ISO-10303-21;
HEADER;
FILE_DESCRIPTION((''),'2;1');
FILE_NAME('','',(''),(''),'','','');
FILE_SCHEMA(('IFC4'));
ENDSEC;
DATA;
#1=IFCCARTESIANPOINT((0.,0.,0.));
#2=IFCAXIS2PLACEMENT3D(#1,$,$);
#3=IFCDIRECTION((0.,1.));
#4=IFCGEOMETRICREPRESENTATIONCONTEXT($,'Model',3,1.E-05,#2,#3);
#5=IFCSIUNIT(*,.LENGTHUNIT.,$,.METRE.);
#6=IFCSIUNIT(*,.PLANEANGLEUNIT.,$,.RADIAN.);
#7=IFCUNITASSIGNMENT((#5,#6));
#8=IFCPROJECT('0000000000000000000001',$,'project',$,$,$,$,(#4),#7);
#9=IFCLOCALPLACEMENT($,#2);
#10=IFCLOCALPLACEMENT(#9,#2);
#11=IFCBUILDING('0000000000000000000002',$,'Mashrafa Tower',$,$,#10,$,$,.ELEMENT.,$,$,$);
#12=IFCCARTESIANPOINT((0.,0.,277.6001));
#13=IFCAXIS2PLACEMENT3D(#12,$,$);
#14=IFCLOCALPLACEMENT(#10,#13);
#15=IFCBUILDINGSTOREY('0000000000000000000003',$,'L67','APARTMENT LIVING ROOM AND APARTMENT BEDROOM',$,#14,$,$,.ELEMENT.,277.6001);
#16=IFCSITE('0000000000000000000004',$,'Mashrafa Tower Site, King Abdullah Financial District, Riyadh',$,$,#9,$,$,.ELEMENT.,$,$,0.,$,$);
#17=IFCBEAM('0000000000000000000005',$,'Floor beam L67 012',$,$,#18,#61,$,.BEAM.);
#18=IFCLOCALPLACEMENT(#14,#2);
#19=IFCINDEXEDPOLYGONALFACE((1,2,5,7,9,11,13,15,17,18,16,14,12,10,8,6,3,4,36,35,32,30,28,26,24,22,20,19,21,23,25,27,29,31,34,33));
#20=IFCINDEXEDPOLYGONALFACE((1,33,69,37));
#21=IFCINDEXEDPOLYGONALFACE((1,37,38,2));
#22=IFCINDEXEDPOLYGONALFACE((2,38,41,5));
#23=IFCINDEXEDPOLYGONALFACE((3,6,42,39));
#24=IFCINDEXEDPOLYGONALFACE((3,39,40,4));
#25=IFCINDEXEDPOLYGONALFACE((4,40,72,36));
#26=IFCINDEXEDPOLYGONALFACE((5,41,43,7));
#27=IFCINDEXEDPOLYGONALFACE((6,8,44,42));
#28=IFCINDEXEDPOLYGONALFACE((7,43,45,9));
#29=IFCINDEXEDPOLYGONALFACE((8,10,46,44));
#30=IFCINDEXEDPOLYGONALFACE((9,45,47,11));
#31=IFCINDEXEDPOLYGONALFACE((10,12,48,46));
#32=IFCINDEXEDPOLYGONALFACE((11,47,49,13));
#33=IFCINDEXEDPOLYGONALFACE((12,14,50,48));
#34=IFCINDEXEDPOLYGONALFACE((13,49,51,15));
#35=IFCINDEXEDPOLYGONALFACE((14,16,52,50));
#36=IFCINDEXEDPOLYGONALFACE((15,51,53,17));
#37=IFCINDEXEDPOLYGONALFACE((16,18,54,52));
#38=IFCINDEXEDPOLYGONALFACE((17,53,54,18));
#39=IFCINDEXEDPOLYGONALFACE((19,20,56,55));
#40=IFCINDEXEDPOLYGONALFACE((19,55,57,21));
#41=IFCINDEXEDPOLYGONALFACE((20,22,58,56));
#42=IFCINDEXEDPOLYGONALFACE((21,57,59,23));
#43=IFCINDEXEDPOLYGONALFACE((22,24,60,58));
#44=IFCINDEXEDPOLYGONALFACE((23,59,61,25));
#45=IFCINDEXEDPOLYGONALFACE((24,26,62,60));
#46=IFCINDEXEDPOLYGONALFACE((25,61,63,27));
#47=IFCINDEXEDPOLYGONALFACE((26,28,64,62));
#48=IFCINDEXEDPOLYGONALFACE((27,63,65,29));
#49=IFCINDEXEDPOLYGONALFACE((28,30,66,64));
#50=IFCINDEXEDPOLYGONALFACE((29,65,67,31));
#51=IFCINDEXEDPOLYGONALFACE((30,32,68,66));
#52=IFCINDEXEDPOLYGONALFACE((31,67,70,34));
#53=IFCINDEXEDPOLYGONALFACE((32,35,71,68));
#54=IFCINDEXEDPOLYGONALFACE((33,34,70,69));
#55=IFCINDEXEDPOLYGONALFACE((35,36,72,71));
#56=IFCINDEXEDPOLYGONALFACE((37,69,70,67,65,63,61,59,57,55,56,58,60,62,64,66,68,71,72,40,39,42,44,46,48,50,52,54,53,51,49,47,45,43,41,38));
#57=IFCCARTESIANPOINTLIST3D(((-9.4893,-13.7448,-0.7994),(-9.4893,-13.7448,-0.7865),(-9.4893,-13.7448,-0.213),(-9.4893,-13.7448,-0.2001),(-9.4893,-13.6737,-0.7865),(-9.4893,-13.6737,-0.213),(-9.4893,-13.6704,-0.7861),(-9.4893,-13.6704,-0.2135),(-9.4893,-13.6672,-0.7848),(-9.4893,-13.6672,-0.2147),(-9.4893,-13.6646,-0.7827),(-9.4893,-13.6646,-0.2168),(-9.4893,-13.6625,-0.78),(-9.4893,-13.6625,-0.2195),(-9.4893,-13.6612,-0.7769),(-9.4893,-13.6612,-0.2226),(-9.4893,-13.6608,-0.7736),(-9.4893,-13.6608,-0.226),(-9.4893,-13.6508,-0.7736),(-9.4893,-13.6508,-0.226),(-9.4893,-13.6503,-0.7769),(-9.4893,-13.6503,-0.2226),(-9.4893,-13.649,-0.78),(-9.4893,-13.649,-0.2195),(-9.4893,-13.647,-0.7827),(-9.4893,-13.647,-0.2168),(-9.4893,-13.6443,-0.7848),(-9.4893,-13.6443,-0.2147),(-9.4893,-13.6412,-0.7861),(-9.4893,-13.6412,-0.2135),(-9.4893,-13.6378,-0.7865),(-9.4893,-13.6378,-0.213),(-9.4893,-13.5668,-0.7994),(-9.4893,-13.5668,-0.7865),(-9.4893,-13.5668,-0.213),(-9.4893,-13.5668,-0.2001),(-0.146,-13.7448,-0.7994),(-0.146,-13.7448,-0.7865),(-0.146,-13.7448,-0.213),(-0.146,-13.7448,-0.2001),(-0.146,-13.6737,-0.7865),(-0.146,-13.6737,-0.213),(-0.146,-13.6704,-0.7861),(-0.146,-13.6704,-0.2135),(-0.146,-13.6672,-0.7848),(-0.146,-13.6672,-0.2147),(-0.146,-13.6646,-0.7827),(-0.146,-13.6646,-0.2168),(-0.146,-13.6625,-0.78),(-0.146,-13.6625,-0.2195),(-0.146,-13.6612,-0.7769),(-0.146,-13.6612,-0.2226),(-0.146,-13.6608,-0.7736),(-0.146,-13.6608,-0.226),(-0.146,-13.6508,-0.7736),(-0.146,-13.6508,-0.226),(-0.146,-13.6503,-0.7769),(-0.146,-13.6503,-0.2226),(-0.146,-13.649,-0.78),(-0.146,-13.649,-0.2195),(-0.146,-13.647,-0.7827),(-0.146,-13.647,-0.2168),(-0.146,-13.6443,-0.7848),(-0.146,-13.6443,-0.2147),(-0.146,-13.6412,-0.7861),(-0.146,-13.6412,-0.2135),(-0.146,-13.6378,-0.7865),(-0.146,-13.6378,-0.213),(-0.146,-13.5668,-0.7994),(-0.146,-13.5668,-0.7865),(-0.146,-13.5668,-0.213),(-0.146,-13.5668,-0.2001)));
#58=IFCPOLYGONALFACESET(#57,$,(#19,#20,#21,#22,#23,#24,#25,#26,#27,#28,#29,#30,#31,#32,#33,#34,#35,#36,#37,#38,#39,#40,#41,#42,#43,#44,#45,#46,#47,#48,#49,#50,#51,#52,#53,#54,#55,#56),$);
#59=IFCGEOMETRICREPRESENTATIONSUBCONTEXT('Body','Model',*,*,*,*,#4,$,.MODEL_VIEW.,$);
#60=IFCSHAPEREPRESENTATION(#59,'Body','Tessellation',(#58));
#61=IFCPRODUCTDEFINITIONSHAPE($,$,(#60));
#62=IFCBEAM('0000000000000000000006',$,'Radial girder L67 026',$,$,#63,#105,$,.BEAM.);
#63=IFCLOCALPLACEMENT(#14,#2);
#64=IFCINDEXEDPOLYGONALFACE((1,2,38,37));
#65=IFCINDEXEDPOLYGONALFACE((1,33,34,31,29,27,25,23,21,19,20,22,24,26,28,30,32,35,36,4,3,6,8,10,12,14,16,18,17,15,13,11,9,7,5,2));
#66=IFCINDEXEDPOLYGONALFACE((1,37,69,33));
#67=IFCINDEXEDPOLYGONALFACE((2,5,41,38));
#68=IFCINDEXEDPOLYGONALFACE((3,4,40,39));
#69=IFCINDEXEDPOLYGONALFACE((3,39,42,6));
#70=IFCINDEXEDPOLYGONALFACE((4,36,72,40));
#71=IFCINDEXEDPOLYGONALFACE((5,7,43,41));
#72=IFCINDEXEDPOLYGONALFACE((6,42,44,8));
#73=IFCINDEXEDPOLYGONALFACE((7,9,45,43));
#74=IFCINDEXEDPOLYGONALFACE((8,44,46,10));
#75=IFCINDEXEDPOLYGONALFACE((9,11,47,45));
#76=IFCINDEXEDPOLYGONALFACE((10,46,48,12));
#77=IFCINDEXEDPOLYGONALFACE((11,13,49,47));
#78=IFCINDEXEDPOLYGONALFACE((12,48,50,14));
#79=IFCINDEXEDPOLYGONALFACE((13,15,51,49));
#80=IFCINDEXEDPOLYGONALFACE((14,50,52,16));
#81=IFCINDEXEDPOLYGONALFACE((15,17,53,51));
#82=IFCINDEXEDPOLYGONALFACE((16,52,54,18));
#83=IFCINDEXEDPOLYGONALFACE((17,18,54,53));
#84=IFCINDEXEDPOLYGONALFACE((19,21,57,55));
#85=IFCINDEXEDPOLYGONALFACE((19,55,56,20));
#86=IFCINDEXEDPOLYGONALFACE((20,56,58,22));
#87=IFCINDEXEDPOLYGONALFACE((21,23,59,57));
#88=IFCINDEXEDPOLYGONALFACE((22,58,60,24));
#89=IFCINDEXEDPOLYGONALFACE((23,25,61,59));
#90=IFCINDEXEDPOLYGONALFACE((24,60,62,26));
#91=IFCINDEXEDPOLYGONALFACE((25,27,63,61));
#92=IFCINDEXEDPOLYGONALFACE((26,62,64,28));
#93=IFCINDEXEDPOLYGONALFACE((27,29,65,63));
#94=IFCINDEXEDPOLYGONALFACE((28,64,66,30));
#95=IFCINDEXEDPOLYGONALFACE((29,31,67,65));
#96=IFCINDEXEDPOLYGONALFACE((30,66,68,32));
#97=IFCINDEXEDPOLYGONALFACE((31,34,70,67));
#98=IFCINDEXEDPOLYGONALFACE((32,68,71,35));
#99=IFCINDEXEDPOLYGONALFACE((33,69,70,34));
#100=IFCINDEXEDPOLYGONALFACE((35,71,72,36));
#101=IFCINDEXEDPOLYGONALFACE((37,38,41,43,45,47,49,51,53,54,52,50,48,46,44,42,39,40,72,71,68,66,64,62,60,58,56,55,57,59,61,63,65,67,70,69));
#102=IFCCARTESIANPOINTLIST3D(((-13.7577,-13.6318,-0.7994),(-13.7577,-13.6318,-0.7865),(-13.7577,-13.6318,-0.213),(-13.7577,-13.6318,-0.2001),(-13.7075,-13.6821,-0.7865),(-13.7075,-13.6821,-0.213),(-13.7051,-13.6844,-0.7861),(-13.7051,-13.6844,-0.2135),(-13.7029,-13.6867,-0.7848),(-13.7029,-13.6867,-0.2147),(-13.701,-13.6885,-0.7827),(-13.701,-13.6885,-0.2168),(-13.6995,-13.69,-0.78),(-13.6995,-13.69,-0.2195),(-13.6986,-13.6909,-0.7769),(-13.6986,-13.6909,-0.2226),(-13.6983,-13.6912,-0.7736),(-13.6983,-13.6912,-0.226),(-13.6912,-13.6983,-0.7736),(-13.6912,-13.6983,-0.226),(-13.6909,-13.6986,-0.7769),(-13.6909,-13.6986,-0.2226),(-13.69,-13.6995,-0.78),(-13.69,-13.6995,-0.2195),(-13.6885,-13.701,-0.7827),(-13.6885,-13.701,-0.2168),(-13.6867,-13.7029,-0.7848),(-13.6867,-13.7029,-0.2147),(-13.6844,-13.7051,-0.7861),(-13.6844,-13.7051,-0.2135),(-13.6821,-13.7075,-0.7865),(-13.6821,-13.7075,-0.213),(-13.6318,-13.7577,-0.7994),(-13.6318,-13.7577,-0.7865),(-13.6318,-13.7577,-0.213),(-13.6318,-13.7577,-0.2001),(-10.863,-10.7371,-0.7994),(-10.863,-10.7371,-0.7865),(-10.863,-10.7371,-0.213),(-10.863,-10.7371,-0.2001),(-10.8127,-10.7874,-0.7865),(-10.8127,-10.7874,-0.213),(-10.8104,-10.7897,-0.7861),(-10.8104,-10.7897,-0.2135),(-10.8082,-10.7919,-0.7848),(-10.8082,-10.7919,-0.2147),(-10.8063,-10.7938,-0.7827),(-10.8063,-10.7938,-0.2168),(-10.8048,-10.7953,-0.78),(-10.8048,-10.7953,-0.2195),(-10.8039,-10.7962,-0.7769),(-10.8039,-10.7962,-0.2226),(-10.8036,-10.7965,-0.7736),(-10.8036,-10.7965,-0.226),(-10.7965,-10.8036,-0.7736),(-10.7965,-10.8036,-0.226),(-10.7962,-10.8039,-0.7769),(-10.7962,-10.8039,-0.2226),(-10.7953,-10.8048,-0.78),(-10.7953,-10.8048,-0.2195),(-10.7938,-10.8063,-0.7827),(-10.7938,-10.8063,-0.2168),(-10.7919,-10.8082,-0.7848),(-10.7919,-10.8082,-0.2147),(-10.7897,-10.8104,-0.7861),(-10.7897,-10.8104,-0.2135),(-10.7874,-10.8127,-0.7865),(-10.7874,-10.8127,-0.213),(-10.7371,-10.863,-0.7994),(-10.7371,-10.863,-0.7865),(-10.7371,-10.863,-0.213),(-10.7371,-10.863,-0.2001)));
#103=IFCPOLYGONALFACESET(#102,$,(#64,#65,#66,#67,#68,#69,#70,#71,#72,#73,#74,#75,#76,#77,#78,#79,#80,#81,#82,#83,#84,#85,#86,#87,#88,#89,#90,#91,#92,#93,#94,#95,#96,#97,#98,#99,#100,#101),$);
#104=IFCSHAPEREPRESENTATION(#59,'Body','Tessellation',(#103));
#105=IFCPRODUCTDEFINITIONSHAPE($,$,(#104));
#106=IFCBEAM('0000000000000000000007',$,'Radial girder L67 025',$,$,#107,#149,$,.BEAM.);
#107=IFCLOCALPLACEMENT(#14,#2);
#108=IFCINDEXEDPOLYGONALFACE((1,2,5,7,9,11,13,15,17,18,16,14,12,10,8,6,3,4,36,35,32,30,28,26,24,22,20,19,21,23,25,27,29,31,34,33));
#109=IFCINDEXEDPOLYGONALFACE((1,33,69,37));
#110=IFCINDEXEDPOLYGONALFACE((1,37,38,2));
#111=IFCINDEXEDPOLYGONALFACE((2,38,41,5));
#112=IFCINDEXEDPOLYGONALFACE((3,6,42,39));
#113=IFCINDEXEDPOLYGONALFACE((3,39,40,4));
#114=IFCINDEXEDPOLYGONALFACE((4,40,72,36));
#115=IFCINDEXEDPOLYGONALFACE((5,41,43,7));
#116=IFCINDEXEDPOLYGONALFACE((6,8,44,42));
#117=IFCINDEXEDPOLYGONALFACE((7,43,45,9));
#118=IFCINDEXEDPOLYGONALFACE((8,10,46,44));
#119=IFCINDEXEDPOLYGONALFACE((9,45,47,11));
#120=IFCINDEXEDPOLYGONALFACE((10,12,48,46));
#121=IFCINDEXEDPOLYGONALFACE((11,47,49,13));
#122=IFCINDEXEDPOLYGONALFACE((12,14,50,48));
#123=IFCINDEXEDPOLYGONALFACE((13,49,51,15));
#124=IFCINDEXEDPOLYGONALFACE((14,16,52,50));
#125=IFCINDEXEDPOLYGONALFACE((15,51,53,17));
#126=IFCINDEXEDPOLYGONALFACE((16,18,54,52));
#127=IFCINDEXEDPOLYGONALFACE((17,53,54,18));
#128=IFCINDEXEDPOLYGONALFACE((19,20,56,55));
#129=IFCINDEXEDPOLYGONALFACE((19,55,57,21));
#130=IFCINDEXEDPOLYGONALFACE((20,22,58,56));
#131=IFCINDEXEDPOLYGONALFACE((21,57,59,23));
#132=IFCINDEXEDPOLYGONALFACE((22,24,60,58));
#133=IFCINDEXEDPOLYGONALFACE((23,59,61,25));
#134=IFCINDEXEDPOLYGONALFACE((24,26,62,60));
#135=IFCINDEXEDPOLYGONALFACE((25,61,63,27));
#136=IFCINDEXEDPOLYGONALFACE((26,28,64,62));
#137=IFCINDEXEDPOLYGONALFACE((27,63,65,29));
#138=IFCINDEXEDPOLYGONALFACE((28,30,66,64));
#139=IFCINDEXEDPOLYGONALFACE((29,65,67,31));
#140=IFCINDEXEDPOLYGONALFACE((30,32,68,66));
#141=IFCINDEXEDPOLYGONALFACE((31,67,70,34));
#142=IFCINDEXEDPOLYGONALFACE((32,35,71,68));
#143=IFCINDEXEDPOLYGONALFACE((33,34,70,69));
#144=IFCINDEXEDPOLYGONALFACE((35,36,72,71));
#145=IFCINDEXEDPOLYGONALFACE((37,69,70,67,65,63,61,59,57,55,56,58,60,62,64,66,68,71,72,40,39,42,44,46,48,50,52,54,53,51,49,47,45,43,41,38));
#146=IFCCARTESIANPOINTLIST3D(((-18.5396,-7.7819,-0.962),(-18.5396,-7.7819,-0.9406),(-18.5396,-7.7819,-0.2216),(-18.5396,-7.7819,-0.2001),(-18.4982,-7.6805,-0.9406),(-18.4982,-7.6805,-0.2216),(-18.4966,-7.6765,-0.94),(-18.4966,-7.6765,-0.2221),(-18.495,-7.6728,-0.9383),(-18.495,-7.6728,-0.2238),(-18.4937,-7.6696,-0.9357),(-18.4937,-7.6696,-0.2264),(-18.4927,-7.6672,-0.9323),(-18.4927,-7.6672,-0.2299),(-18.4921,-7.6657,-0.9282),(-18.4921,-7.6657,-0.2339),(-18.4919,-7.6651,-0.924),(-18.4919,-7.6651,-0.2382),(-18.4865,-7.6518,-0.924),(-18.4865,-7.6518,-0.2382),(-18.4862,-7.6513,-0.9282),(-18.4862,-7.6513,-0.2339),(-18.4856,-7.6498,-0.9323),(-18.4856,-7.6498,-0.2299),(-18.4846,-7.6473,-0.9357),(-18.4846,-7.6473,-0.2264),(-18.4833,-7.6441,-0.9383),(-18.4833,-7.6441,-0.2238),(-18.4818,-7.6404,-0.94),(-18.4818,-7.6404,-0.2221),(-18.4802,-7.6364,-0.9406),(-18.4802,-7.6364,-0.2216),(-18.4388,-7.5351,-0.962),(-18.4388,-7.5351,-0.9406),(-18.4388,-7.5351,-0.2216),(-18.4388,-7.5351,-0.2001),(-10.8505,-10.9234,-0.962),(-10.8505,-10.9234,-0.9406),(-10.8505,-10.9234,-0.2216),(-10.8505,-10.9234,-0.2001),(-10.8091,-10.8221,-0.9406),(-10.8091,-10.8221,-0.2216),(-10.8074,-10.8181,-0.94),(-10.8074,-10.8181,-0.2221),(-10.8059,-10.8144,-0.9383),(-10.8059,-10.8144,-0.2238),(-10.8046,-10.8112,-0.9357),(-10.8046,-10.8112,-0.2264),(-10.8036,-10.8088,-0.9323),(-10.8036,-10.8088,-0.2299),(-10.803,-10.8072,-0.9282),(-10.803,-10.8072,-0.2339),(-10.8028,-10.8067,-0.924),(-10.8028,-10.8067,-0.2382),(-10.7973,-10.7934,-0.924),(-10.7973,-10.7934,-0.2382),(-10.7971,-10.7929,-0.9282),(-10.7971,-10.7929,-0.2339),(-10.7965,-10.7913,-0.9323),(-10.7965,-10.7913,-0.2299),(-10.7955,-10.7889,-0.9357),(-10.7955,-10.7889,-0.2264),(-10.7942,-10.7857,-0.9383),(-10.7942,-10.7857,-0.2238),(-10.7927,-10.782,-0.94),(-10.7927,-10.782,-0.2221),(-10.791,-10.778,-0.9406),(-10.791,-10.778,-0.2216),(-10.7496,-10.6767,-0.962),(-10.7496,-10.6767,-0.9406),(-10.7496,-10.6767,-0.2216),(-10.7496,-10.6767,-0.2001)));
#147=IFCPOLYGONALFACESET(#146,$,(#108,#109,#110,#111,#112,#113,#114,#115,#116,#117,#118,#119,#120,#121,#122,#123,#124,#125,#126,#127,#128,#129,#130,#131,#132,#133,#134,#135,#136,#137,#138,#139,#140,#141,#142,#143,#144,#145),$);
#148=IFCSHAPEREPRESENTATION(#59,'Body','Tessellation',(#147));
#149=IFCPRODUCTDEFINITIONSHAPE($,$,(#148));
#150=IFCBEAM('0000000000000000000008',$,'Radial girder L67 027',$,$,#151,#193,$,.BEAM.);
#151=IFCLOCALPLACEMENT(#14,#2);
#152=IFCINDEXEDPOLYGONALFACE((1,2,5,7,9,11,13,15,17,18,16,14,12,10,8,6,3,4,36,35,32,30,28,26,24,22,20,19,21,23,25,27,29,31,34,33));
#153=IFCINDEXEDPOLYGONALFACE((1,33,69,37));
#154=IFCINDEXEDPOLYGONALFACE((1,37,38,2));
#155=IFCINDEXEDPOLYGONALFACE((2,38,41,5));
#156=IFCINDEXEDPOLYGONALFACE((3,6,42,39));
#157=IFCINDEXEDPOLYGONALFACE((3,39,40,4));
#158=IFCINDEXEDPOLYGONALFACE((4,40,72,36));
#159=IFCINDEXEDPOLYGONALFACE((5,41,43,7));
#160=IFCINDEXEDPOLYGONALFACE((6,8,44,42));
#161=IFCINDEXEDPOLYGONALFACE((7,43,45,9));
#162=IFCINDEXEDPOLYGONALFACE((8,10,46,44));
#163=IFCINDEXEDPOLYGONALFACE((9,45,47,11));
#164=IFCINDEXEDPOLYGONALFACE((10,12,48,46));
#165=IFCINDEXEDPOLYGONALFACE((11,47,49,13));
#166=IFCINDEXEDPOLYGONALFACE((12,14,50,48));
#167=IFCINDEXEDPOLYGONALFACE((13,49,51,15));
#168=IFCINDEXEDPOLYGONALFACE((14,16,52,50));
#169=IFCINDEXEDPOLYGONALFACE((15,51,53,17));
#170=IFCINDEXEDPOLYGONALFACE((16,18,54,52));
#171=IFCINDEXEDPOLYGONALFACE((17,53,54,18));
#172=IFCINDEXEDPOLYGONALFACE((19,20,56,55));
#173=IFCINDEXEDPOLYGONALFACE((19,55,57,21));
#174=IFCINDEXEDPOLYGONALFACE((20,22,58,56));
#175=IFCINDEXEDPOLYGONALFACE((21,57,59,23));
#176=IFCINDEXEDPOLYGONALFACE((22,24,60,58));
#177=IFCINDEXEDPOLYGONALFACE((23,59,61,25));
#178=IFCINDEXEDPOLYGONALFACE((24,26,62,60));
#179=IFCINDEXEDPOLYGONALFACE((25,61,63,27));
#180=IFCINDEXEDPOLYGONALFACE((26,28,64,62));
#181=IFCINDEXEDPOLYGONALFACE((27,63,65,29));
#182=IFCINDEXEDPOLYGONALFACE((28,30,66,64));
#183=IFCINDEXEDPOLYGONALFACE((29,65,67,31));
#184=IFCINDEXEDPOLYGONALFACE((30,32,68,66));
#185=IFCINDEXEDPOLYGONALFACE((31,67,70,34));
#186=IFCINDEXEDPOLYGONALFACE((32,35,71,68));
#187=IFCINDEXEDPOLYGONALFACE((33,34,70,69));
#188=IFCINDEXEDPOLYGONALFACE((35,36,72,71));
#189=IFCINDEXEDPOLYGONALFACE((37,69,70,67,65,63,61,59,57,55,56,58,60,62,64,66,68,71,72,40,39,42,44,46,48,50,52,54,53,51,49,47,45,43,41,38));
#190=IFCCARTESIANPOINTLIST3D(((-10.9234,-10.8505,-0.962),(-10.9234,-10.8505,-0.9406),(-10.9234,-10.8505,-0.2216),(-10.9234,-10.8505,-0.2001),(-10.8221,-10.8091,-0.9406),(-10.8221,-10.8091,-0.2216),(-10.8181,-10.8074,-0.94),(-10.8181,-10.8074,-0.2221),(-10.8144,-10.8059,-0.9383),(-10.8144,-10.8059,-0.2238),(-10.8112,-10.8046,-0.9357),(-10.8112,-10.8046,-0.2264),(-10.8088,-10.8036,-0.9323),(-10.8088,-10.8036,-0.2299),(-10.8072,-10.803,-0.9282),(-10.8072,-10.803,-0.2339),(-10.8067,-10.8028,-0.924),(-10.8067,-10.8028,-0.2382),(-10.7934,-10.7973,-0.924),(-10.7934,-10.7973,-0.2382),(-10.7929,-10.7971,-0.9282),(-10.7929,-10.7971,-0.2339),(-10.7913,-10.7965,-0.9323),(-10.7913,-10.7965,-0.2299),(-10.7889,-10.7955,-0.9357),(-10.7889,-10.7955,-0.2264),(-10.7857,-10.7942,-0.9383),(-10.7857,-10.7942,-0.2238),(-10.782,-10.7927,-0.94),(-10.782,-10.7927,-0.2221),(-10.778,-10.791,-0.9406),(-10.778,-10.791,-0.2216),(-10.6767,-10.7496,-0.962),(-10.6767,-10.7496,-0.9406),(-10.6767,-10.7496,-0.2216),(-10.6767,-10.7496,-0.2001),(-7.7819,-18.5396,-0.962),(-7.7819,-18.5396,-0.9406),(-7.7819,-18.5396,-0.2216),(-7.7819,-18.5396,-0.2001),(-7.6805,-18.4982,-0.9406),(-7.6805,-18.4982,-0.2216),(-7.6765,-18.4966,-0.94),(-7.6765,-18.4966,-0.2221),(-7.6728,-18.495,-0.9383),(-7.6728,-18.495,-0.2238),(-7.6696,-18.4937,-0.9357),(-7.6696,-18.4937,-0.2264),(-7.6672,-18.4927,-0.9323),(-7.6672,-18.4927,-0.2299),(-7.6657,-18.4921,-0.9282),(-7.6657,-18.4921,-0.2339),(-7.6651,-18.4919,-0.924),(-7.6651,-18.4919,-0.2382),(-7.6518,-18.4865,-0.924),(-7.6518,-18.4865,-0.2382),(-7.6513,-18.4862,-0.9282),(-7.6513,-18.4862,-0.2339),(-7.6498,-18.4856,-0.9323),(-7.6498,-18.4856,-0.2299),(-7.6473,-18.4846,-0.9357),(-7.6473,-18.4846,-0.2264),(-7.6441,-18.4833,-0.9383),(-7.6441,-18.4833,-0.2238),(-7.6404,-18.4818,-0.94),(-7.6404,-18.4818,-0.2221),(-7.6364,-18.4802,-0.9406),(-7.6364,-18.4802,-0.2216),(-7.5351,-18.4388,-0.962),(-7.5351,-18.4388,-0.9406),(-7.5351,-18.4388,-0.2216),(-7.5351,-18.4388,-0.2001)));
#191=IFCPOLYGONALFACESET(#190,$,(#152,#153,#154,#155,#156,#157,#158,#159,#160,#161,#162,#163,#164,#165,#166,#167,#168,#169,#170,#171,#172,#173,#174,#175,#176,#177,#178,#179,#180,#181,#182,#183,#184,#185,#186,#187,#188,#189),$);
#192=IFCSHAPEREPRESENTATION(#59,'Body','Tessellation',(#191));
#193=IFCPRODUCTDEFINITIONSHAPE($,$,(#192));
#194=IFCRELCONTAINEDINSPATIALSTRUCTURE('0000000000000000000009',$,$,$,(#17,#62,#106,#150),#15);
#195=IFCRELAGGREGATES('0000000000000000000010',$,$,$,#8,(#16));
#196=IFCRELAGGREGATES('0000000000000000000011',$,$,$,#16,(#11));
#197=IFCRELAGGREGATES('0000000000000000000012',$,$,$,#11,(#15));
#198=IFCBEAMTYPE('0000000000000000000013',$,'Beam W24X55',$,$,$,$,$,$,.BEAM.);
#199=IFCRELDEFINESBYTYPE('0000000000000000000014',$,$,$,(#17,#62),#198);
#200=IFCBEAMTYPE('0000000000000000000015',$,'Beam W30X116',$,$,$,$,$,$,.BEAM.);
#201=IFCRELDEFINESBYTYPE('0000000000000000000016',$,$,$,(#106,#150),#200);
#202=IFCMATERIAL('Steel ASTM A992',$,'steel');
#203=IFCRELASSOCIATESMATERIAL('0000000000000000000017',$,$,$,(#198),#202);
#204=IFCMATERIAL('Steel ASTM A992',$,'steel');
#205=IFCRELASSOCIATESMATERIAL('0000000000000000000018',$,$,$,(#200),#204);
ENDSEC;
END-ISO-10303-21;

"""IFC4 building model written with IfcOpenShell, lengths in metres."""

from ifc_helpers import new_model, si_unit, direction, frame, origin, origin_2d, place, context, subcontext, project, spatial, i_section, extrude, material, material_profile, profile_set, type_object, element, save


model = new_model("IFC4")

# Units and contexts
model_context = context("Model", 3, precision=1e-05, world=origin(), true_north=direction((0.0, 1.0)))
body_context = subcontext(model_context, "Body", "Model", "MODEL_VIEW")
ifc_project = project(units=[si_unit("LENGTHUNIT", "METRE"), si_unit("PLANEANGLEUNIT", "RADIAN")], contexts=[model_context])

# Site, building, storey
site_placement = place(None, origin())
site = spatial("IfcSite", under=ifc_project, at=site_placement, Name="Mashrafa Tower Site, King Abdullah Financial District, Riyadh", CompositionType="ELEMENT", RefElevation=0.0)
building_placement = place(site_placement, origin())
building = spatial("IfcBuilding", under=site, at=building_placement, Name="Mashrafa Tower", CompositionType="ELEMENT")
storey_placement = place(building_placement, frame((0.0, 0.0, 277.6001)))
storey = spatial("IfcBuildingStorey", under=building, at=storey_placement, Name="L67", Description="APARTMENT LIVING ROOM AND APARTMENT BEDROOM", CompositionType="ELEMENT", Elevation=277.6001)

# Beams
ifc_material_1 = material(Name="Steel ASTM A992", Category="steel")
ifc_material_profile_1 = material_profile(ifc_material_1, i_section(OverallWidth=0.178, OverallDepth=0.5994, WebThickness=0.01, FlangeThickness=0.0129, FilletRadius=0.0129, at=origin_2d()), Name="W24X55")
ifc_profile_set_1 = profile_set([ifc_material_profile_1], Name="Steel ASTM A992")
beam_type_1 = type_object("IfcBeamType", Name="Beam W24X55", PredefinedType="BEAM", material=ifc_profile_set_1)
beam_1_placement = place(storey_placement, frame((-0.146, -13.6558, -0.4998), z_axis=(-1.0, 0.0, 0.0), x_axis=(0.0, -1.0, 0.0)))
element("IfcBeam", 1, at=beam_1_placement, inside=storey, type_object=beam_type_1, Name="Floor beam L67 012", PredefinedType="BEAM", context=body_context, shape_type="SweptSolid", body=[
    extrude(i_section(OverallWidth=0.178, OverallDepth=0.5994, WebThickness=0.01, FlangeThickness=0.0129, FilletRadius=0.0129, at=origin_2d()), origin(), (0.0, 0.0, 1.0), 9.3433),
])
beam_2_placement = place(storey_placement, frame((-10.8, -10.8, -0.4998), z_axis=(-0.707107, -0.707107, 0.0), x_axis=(0.707107, -0.707107, 0.0)))
element("IfcBeam", 2, at=beam_2_placement, inside=storey, type_object=beam_type_1, Name="Radial girder L67 026", PredefinedType="BEAM", context=body_context, shape_type="SweptSolid", body=[
    extrude(i_section(OverallWidth=0.178, OverallDepth=0.5994, WebThickness=0.01, FlangeThickness=0.0129, FilletRadius=0.0129, at=origin_2d()), origin(), (0.0, 0.0, 1.0), 4.0938),
])
ifc_material_2 = material(Name="Steel ASTM A992", Category="steel")
ifc_material_profile_2 = material_profile(ifc_material_2, i_section(OverallWidth=0.2666, OverallDepth=0.762, WebThickness=0.0144, FlangeThickness=0.0215, FilletRadius=0.0166, at=origin_2d()), Name="W30X116")
ifc_profile_set_2 = profile_set([ifc_material_profile_2], Name="Steel ASTM A992")
beam_type_2 = type_object("IfcBeamType", Name="Beam W30X116", PredefinedType="BEAM", material=ifc_profile_set_2)
for number, where, z_axis, x_axis, name in (
    (3, (-10.8, -10.8, -0.5811), (-0.925715, 0.378222, 0.0), (-0.378222, -0.925715, 0.0), "Radial girder L67 025"),
    (4, (-10.8, -10.8, -0.5811), (0.378222, -0.925715, 0.0), (0.925715, 0.378222, 0.0), "Radial girder L67 027"),
):
    element("IfcBeam", number, at=place(storey_placement, frame(where, z_axis=z_axis, x_axis=x_axis)), inside=storey, type_object=beam_type_2, Name=name, PredefinedType="BEAM", context=body_context, shape_type="SweptSolid", body=[
        extrude(i_section(OverallWidth=0.2666, OverallDepth=0.762, WebThickness=0.0144, FlangeThickness=0.0215, FilletRadius=0.0166, at=origin_2d()), origin(), (0.0, 0.0, 1.0), 8.3062),
    ])

save(model, "model.ifc")
